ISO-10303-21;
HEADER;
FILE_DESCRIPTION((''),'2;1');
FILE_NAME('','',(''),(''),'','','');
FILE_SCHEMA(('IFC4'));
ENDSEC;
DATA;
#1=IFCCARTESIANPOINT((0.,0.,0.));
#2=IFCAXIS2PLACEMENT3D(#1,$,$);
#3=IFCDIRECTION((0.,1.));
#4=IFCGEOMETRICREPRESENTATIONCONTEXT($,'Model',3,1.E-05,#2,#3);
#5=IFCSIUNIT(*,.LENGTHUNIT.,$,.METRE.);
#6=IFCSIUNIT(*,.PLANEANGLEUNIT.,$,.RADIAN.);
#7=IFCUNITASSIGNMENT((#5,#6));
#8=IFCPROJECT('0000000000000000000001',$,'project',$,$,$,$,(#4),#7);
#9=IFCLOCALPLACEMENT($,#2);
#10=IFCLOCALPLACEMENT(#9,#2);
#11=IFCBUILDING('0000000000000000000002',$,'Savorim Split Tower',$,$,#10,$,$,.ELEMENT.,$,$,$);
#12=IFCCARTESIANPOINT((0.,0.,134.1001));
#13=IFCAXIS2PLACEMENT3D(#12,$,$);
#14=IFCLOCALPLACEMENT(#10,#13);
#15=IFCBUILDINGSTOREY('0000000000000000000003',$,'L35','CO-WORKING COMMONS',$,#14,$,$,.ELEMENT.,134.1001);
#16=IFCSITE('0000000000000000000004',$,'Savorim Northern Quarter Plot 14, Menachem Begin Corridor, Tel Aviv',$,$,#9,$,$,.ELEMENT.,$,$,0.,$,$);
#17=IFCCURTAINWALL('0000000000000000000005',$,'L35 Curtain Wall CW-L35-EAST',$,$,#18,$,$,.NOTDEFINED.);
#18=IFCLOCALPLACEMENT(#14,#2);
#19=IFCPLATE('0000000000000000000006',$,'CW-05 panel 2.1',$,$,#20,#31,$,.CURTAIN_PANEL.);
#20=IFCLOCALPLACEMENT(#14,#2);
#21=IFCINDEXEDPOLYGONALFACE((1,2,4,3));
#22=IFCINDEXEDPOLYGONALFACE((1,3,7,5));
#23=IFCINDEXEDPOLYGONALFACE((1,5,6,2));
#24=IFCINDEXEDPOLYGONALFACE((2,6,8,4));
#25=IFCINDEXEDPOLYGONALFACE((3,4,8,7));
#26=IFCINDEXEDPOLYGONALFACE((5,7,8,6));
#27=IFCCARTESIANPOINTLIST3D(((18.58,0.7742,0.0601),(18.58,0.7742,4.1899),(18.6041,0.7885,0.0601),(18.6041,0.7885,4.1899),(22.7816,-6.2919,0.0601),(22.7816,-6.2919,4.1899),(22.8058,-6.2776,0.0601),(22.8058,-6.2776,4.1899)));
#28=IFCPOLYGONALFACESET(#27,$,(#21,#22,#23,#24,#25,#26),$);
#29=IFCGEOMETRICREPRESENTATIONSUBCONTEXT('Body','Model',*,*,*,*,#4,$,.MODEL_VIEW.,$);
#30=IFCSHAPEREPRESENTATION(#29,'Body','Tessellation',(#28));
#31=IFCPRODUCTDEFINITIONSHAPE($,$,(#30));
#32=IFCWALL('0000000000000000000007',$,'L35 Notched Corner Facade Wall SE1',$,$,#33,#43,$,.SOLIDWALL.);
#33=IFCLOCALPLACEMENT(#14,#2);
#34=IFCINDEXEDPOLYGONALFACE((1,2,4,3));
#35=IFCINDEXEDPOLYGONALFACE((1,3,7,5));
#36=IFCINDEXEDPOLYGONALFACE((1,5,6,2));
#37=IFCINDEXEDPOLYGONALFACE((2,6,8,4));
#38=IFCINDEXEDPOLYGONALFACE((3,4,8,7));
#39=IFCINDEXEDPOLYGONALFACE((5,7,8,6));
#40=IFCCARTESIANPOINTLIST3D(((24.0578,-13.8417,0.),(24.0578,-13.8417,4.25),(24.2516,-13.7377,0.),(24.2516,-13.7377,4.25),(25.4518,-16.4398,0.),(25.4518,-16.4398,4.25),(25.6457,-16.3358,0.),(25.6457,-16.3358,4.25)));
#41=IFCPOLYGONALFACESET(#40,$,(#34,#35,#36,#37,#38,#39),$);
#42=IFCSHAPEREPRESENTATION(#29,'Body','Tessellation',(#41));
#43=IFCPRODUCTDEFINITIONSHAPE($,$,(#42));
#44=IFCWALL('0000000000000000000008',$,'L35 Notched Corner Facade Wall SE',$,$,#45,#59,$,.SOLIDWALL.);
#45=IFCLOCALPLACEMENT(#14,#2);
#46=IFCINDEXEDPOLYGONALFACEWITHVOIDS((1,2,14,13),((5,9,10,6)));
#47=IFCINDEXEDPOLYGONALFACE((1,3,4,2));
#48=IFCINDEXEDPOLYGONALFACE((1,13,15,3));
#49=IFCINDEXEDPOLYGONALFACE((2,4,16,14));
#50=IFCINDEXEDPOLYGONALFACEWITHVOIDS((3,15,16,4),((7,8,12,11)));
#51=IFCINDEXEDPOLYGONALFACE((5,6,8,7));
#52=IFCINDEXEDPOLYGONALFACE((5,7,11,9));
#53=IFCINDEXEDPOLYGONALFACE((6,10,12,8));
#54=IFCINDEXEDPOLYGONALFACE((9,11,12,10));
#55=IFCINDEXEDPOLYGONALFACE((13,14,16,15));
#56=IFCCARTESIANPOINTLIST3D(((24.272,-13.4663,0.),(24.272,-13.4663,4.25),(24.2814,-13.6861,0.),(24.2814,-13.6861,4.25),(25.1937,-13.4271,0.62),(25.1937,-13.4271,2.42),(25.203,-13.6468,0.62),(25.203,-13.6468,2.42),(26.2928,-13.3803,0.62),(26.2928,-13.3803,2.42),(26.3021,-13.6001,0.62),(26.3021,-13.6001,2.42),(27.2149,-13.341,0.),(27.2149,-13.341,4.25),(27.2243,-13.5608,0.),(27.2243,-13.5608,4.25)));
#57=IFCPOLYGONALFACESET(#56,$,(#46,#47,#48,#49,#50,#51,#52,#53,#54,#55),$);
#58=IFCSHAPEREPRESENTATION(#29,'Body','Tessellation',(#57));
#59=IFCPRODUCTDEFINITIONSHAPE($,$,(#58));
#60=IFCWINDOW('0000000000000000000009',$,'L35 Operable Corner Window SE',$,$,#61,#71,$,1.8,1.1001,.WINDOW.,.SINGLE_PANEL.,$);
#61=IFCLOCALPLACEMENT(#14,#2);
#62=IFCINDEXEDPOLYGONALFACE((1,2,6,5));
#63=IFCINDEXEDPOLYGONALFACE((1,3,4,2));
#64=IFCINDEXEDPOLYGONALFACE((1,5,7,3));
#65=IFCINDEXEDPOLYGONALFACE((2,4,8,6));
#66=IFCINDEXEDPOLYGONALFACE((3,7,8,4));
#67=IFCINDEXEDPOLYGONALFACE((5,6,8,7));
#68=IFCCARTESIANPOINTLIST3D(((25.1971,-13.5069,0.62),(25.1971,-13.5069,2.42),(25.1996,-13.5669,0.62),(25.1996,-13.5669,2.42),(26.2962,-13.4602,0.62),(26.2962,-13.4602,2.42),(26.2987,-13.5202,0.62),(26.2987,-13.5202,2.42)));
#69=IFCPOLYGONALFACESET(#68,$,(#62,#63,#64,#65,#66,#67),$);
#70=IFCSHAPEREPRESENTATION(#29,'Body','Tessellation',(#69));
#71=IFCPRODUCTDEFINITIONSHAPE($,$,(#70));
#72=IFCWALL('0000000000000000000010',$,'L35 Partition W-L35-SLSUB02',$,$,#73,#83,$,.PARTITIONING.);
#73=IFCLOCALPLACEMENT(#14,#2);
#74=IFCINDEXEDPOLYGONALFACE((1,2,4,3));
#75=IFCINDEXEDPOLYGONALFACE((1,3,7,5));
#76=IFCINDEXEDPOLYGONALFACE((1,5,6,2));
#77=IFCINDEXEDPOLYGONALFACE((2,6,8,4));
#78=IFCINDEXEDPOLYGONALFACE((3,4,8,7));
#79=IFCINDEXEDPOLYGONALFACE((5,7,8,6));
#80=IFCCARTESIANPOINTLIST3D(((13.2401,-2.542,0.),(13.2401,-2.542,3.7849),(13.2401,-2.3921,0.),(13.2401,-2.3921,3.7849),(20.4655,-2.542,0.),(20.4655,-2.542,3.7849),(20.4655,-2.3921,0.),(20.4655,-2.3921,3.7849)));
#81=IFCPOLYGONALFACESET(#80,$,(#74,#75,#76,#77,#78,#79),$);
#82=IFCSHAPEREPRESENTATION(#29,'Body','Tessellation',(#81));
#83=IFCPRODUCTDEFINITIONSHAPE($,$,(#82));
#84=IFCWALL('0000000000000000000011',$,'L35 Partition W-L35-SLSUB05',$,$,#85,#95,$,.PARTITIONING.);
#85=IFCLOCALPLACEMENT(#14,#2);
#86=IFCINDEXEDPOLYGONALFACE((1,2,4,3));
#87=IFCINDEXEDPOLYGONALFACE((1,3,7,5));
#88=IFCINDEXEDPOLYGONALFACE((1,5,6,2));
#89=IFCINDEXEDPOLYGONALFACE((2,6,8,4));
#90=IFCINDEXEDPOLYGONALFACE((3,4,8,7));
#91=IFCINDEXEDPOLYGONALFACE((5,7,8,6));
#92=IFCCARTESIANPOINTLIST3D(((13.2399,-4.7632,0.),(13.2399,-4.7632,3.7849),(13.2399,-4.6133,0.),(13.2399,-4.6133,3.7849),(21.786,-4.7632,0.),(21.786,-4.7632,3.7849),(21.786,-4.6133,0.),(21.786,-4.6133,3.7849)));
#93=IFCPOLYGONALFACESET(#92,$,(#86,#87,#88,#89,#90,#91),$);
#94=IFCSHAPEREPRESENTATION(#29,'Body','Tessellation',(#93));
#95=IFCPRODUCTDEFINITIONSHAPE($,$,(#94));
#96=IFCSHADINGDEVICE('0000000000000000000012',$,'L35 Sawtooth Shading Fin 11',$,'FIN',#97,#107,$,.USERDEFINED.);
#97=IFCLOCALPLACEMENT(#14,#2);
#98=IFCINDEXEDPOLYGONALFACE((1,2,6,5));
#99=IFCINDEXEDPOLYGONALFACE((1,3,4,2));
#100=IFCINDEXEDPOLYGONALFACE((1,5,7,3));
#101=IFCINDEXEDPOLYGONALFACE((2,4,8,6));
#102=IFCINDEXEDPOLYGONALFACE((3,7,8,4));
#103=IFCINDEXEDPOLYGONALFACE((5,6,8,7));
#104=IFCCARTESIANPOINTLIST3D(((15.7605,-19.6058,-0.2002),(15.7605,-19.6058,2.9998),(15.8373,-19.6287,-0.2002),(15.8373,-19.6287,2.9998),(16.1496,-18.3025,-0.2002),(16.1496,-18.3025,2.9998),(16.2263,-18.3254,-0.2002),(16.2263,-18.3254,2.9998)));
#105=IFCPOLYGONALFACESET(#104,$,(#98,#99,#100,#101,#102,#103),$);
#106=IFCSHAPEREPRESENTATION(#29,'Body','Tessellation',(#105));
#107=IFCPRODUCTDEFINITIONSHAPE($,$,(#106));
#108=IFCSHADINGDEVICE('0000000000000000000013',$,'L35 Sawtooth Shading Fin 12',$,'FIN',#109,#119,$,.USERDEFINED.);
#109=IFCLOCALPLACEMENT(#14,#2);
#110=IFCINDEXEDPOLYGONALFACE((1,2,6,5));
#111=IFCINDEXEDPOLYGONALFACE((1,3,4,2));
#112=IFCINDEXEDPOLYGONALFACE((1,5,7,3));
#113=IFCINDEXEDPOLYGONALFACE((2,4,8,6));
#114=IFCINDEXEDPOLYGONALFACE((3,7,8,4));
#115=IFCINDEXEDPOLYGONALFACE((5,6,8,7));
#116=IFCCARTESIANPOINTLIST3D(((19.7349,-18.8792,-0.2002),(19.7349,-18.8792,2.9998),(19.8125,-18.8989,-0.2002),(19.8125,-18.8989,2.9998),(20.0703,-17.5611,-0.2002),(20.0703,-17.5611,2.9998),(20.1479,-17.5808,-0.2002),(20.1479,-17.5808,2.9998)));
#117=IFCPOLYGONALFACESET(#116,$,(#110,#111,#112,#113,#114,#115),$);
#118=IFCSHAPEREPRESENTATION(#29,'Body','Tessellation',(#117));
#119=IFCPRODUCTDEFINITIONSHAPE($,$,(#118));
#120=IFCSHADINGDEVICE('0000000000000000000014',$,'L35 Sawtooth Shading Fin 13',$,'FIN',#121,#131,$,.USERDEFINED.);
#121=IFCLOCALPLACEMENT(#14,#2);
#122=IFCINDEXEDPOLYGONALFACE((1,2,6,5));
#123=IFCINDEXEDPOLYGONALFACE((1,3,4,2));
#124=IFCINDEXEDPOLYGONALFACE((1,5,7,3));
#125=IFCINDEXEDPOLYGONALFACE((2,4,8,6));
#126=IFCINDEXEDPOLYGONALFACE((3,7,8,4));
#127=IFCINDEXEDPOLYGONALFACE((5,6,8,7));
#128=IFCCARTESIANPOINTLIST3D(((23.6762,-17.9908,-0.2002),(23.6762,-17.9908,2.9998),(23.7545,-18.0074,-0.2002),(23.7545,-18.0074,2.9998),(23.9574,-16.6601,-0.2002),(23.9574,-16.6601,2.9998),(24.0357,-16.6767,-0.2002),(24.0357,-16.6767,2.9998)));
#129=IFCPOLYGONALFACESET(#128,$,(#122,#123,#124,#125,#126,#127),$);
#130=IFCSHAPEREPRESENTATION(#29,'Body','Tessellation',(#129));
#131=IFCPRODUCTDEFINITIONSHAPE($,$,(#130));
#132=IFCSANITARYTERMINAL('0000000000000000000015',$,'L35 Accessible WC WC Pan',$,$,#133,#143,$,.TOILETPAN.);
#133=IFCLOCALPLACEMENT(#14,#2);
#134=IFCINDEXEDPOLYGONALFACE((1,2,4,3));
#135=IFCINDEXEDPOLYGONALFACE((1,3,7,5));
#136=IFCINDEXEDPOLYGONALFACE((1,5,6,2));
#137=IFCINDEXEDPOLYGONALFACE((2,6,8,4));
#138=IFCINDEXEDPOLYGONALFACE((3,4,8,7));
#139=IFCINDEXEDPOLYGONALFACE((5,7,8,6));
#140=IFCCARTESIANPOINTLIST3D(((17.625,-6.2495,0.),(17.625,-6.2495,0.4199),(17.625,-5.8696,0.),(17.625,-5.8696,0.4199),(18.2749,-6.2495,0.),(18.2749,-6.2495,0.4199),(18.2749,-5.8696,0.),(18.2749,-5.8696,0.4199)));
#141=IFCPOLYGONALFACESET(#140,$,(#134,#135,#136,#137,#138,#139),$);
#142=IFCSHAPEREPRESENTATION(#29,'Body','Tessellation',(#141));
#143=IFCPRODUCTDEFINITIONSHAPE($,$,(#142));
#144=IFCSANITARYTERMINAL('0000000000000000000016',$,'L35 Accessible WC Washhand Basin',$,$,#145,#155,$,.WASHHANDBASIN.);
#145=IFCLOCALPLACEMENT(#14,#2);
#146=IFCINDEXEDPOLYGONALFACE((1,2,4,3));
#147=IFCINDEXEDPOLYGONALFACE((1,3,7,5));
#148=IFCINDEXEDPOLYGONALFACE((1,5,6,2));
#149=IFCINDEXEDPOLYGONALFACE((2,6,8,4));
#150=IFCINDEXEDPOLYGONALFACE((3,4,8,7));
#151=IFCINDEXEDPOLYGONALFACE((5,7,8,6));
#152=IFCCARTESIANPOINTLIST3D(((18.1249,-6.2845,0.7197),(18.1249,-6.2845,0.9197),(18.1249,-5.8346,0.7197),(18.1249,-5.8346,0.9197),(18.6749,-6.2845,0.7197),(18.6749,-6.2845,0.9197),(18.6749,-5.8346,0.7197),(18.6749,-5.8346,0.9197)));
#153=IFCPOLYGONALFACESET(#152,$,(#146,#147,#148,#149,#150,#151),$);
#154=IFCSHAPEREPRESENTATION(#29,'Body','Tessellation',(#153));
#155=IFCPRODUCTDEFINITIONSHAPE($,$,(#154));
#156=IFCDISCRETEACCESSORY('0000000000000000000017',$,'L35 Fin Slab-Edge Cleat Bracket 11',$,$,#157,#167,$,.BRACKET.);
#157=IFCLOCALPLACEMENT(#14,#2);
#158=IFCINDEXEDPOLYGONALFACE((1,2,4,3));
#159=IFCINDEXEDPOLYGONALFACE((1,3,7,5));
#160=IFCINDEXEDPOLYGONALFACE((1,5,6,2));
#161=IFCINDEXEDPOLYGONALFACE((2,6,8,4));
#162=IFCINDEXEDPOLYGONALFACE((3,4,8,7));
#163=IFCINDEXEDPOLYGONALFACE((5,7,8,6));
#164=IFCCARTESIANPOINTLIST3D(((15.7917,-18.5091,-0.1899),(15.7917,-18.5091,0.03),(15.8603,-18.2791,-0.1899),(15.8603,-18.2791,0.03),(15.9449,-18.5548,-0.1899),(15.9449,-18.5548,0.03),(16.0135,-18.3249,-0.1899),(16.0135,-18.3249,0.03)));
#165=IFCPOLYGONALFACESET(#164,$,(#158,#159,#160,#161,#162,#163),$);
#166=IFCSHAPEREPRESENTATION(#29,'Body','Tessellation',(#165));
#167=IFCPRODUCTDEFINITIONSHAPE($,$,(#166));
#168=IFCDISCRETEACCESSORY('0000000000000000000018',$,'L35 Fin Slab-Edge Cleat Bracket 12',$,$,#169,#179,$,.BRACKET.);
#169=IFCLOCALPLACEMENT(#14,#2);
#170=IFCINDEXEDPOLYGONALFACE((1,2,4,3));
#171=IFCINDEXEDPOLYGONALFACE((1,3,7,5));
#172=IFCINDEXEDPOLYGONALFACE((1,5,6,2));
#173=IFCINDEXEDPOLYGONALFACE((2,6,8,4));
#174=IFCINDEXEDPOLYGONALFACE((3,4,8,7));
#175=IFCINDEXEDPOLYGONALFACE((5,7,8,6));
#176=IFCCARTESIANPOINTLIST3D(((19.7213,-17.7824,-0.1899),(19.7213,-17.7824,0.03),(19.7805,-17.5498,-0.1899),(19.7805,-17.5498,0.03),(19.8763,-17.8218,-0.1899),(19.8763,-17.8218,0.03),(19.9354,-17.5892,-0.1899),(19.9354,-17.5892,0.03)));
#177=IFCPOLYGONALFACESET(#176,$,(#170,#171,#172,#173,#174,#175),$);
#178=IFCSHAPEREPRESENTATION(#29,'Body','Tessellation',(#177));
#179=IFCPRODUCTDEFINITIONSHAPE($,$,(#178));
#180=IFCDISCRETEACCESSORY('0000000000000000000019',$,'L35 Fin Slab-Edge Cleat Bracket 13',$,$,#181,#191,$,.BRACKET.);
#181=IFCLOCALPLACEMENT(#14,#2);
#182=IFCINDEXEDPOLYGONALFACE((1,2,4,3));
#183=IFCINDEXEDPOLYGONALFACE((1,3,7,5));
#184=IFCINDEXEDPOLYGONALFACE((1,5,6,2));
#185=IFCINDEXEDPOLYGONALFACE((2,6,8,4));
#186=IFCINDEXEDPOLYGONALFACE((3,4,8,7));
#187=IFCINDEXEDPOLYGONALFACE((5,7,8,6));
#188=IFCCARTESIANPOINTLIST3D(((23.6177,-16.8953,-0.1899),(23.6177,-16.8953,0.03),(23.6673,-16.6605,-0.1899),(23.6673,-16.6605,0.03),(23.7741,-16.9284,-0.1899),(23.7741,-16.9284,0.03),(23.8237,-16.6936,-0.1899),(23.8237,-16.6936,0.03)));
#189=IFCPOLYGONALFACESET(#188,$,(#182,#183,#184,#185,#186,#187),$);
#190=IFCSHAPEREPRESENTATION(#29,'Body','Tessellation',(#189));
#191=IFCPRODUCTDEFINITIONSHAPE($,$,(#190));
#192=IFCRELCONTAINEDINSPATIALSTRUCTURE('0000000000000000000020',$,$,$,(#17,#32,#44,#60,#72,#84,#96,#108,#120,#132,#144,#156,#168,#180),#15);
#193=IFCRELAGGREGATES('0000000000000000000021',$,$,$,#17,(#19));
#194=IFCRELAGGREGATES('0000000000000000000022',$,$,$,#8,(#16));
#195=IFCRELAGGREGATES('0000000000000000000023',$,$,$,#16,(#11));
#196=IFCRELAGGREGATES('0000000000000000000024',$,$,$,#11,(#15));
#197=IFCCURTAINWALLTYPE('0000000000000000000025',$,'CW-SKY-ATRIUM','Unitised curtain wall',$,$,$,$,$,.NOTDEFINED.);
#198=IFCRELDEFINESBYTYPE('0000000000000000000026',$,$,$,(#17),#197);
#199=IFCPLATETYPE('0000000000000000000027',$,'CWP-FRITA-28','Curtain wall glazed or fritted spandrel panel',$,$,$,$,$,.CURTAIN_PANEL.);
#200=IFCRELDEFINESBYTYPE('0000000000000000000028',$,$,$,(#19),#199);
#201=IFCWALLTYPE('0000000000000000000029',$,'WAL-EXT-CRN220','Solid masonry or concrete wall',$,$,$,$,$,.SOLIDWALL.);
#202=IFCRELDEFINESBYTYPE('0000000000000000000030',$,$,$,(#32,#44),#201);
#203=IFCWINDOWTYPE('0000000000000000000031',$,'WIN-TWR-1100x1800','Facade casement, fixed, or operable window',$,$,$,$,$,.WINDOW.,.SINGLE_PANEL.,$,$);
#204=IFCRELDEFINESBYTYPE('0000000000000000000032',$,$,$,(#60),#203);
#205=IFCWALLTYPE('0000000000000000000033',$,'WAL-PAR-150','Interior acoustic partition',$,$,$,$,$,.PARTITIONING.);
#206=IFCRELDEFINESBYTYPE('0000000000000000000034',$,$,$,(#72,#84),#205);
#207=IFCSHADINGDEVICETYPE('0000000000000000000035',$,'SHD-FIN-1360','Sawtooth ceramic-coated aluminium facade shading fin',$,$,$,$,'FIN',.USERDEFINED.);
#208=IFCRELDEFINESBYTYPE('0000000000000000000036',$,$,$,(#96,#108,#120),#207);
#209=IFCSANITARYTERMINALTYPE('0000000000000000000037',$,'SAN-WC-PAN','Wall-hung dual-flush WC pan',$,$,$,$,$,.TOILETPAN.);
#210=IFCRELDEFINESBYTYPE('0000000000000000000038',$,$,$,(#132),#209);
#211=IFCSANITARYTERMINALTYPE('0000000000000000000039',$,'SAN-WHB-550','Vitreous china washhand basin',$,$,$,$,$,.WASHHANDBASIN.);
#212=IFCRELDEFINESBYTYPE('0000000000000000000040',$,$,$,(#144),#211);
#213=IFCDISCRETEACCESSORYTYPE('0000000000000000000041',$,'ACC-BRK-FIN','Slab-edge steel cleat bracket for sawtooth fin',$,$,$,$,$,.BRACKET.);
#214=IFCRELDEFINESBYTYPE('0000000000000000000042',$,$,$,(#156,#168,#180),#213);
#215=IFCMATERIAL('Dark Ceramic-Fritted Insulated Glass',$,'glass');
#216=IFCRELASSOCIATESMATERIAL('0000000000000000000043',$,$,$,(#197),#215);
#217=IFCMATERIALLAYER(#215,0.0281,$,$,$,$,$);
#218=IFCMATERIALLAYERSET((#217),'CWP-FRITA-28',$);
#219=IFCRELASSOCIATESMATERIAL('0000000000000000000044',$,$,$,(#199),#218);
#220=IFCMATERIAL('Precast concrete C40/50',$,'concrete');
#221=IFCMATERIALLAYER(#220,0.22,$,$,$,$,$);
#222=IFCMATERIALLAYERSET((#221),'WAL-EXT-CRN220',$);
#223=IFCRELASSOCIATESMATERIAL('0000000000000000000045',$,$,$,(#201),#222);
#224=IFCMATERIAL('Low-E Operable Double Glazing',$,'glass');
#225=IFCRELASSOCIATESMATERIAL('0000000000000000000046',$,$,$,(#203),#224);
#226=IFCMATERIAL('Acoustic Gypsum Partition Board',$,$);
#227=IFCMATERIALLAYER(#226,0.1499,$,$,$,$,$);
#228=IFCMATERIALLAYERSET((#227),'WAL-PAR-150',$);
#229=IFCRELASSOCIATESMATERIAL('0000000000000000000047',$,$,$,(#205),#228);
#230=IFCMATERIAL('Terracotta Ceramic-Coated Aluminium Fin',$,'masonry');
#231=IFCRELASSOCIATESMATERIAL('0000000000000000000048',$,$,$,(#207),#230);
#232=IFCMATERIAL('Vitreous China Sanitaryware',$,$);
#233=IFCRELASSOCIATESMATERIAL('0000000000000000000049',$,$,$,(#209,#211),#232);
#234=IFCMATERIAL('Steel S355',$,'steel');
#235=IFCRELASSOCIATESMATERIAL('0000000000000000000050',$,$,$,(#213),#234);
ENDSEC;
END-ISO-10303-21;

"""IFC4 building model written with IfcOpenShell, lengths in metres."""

from ifc_helpers import new_model, si_unit, direction, frame, frame_2d, origin, origin_2d, place, context, subcontext, project, spatial, rectangle, extrude, material, layer, layer_set, type_object, element, fill, aggregate, save


model = new_model("IFC4")

# Units and contexts
model_context = context("Model", 3, precision=1e-05, world=origin(), true_north=direction((0.0, 1.0)))
body_context = subcontext(model_context, "Body", "Model", "MODEL_VIEW")
ifc_project = project(units=[si_unit("LENGTHUNIT", "METRE"), si_unit("PLANEANGLEUNIT", "RADIAN")], contexts=[model_context])

# Site, building, storey
site_placement = place(None, origin())
site = spatial("IfcSite", under=ifc_project, at=site_placement, Name="Savorim Northern Quarter Plot 14, Menachem Begin Corridor, Tel Aviv", CompositionType="ELEMENT", RefElevation=0.0)
building_placement = place(site_placement, origin())
building = spatial("IfcBuilding", under=site, at=building_placement, Name="Savorim Split Tower", CompositionType="ELEMENT")
storey_placement = place(building_placement, frame((0.0, 0.0, 134.1001)))
storey = spatial("IfcBuildingStorey", under=building, at=storey_placement, Name="L35", Description="CO-WORKING COMMONS", CompositionType="ELEMENT", Elevation=134.1001)

# Shared definitions
ifc_material_1 = material(Name="Steel S355", Category="steel")

# Shared definitions
ifc_material_2 = material(Name="Dark Ceramic-Fritted Insulated Glass", Category="glass")
curtain_wall_type = type_object("IfcCurtainWallType", Name="CW-SKY-ATRIUM", Description="Unitised curtain wall", PredefinedType="NOTDEFINED", material=ifc_material_2)

# Curtain wall
curtain_wall_1_placement = place(storey_placement, origin())
curtain_wall_1 = element("IfcCurtainWall", 1, at=curtain_wall_1_placement, inside=storey, type_object=curtain_wall_type, Name="L35 Curtain Wall CW-L35-EAST", PredefinedType="NOTDEFINED")

# Plate
ifc_layer_1 = layer(ifc_material_2, 0.0281)
ifc_layer_set_1 = layer_set([ifc_layer_1], Name="CWP-FRITA-28")
plate_type = type_object("IfcPlateType", Name="CWP-FRITA-28", Description="Curtain wall glazed or fritted spandrel panel", PredefinedType="CURTAIN_PANEL", material=ifc_layer_set_1)
plate_1_placement = place(storey_placement, frame((20.6929, -2.7517, 0.0601), z_axis=(0.0, 0.0, 1.0), x_axis=(-0.511091, 0.859527, 0.0)))
plate_1 = element("IfcPlate", 2, at=plate_1_placement, type_object=plate_type, Name="CW-05 panel 2.1", PredefinedType="CURTAIN_PANEL", context=body_context, shape_type="SweptSolid", body=[
    extrude(rectangle(XDim=8.2209, YDim=0.0281, at=origin_2d()), origin(), (0.0, 0.0, 1.0), 4.1299),
])
aggregate(curtain_wall_1, [plate_1])

# Wall
ifc_material_3 = material(Name="Precast concrete C40/50", Category="concrete")
ifc_layer_2 = layer(ifc_material_3, 0.22)
ifc_layer_set_2 = layer_set([ifc_layer_2], Name="WAL-EXT-CRN220")
wall_type_1 = type_object("IfcWallType", Name="WAL-EXT-CRN220", Description="Solid masonry or concrete wall", PredefinedType="SOLIDWALL", material=ifc_layer_set_2)
wall_1_placement = place(storey_placement, frame((24.1548, -13.7898, 0.0), z_axis=(0.0, 0.0, 1.0), x_axis=(0.472796, -0.881172, 0.0)))
element("IfcWall", 3, at=wall_1_placement, inside=storey, type_object=wall_type_1, Name="L35 Notched Corner Facade Wall SE1", PredefinedType="SOLIDWALL", context=body_context, shape_type="SweptSolid", body=[
    extrude(rectangle(XDim=2.9485, YDim=0.22, at=frame_2d((1.4741, 0.0))), origin(), (0.0, 0.0, 1.0), 4.25),
])

# Wall, opening, window
wall_2_placement = place(storey_placement, frame((27.2195, -13.4509, 0.0), z_axis=(0.0, 0.0, 1.0), x_axis=(-0.999096, -0.04252, 0.0)))
wall_2 = element("IfcWall", 4, at=wall_2_placement, inside=storey, type_object=wall_type_1, Name="L35 Notched Corner Facade Wall SE", PredefinedType="SOLIDWALL", context=body_context, shape_type="SweptSolid", body=[
    extrude(rectangle(XDim=2.9456, YDim=0.22, at=frame_2d((1.4727, 0.0))), origin(), (0.0, 0.0, 1.0), 4.25),
])
opening_placement = place(wall_2_placement, frame((0.9229, 0.0, 0.6201)))
opening = element("IfcOpeningElement", 5, at=opening_placement, cuts=wall_2, PredefinedType="OPENING", context=body_context, shape_type="SweptSolid", body=[
    extrude(rectangle(XDim=1.1001, YDim=1.8, at=frame_2d((0.55, 0.8999))), frame((0.0, 0.1199, 0.0), z_axis=(0.0, -1.0, 0.0), x_axis=(1.0, 0.0, 0.0)), (0.0, 0.0, 1.0), 0.24),
])
ifc_material_4 = material(Name="Low-E Operable Double Glazing", Category="glass")
window_type = type_object("IfcWindowType", Name="WIN-TWR-1100x1800", Description="Facade casement, fixed, or operable window", PartitioningType="SINGLE_PANEL", PredefinedType="WINDOW", material=ifc_material_4)
window_placement = place(opening_placement, origin())
window = element("IfcWindow", 6, at=window_placement, inside=storey, type_object=window_type, Name="L35 Operable Corner Window SE", OverallHeight=1.8, OverallWidth=1.1001, PartitioningType="SINGLE_PANEL", PredefinedType="WINDOW", context=body_context, shape_type="SweptSolid", body=[
    extrude(rectangle(XDim=1.1001, YDim=1.8, at=frame_2d((0.55, 0.8999))), frame((0.0, 0.03, 0.0), z_axis=(0.0, -1.0, 0.0), x_axis=(1.0, 0.0, 0.0)), (0.0, 0.0, 1.0), 0.0601),
])
fill(opening, window)

# Walls
ifc_material_5 = material(Name="Acoustic Gypsum Partition Board")
ifc_layer_3 = layer(ifc_material_5, 0.1499)
ifc_layer_set_3 = layer_set([ifc_layer_3], Name="WAL-PAR-150")
wall_type_2 = type_object("IfcWallType", Name="WAL-PAR-150", Description="Interior acoustic partition", PredefinedType="PARTITIONING", material=ifc_layer_set_3)
wall_3_placement = place(storey_placement, frame((13.24, -2.467, 0.0), z_axis=(0.0, 0.0, 1.0), x_axis=(1.0, 0.0, 0.0)))
element("IfcWall", 7, at=wall_3_placement, inside=storey, type_object=wall_type_2, Name="L35 Partition W-L35-SLSUB02", PredefinedType="PARTITIONING", context=body_context, shape_type="SweptSolid", body=[
    extrude(rectangle(XDim=7.2253, YDim=0.1499, at=frame_2d((3.6128, 0.0))), origin(), (0.0, 0.0, 1.0), 3.7849),
])
wall_4_placement = place(storey_placement, frame((13.24, -4.6882, 0.0), z_axis=(0.0, 0.0, 1.0), x_axis=(1.0, 0.0, 0.0)))
element("IfcWall", 8, at=wall_4_placement, inside=storey, type_object=wall_type_2, Name="L35 Partition W-L35-SLSUB05", PredefinedType="PARTITIONING", context=body_context, shape_type="SweptSolid", body=[
    extrude(rectangle(XDim=8.5461, YDim=0.1499, at=frame_2d((4.2729, 0.0))), origin(), (0.0, 0.0, 1.0), 3.7849),
])

# Shading devices
ifc_material_6 = material(Name="Terracotta Ceramic-Coated Aluminium Fin", Category="masonry")
shading_device_type = type_object("IfcShadingDeviceType", Name="SHD-FIN-1360", Description="Sawtooth ceramic-coated aluminium facade shading fin", ElementType="FIN", PredefinedType="USERDEFINED", material=ifc_material_6)
for number, where, z_axis, x_axis, name in (
    (9, (15.9934, -18.9656, -0.2002), (0.0, 0.0, 1.0), (-0.286026, -0.958222, 0.0), "L35 Sawtooth Shading Fin 11"),
    (10, (19.9414, -18.23, -0.2002), (0.0, 0.0, 1.0), (-0.246581, -0.969122, 0.0), "L35 Sawtooth Shading Fin 12"),
    (11, (23.856, -17.3337, -0.2002), (0.0, 0.0, 1.0), (-0.206722, -0.9784, 0.0), "L35 Sawtooth Shading Fin 13"),
):
    element("IfcShadingDevice", number, at=place(storey_placement, frame(where, z_axis=z_axis, x_axis=x_axis)), inside=storey, type_object=shading_device_type, Name=name, ObjectType="FIN", PredefinedType="USERDEFINED", context=body_context, shape_type="SweptSolid", body=[
        extrude(rectangle(XDim=1.3601, YDim=0.0801, at=origin_2d()), origin(), (0.0, 0.0, 1.0), 3.2),
    ])

# Sanitary terminals
ifc_material_7 = material(Name="Vitreous China Sanitaryware")
sanitary_terminal_type_1 = type_object("IfcSanitaryTerminalType", Name="SAN-WC-PAN", Description="Wall-hung dual-flush WC pan", PredefinedType="TOILETPAN", material=ifc_material_7)
sanitary_terminal_1_placement = place(storey_placement, frame((17.95, -6.0596, 0.0), z_axis=(0.0, 0.0, 1.0), x_axis=(1.0, 0.0, 0.0)))
element("IfcSanitaryTerminal", 12, at=sanitary_terminal_1_placement, inside=storey, type_object=sanitary_terminal_type_1, Name="L35 Accessible WC WC Pan", PredefinedType="TOILETPAN", context=body_context, shape_type="SweptSolid", body=[
    extrude(rectangle(XDim=0.6499, YDim=0.3799, at=origin_2d()), origin(), (0.0, 0.0, 1.0), 0.4199),
])
sanitary_terminal_type_2 = type_object("IfcSanitaryTerminalType", Name="SAN-WHB-550", Description="Vitreous china washhand basin", PredefinedType="WASHHANDBASIN", material=ifc_material_7)
sanitary_terminal_2_placement = place(storey_placement, frame((18.3999, -6.0596, 0.7197), z_axis=(0.0, 0.0, 1.0), x_axis=(1.0, 0.0, 0.0)))
element("IfcSanitaryTerminal", 13, at=sanitary_terminal_2_placement, inside=storey, type_object=sanitary_terminal_type_2, Name="L35 Accessible WC Washhand Basin", PredefinedType="WASHHANDBASIN", context=body_context, shape_type="SweptSolid", body=[
    extrude(rectangle(XDim=0.55, YDim=0.45, at=origin_2d()), origin(), (0.0, 0.0, 1.0), 0.2),
])

# Discrete accessories
discrete_accessory_type = type_object("IfcDiscreteAccessoryType", Name="ACC-BRK-FIN", Description="Slab-edge steel cleat bracket for sawtooth fin", PredefinedType="BRACKET", material=ifc_material_1)
for number, where, z_axis, x_axis, name in (
    (14, (15.9026, -18.417, -0.1899), (0.0, 0.0, 1.0), (-0.286026, -0.958222, 0.0), "L35 Fin Slab-Edge Cleat Bracket 11"),
    (15, (19.8284, -17.6858, -0.1899), (0.0, 0.0, 1.0), (-0.246581, -0.969122, 0.0), "L35 Fin Slab-Edge Cleat Bracket 12"),
    (16, (23.7207, -16.7944, -0.1899), (0.0, 0.0, 1.0), (-0.206722, -0.9784, 0.0), "L35 Fin Slab-Edge Cleat Bracket 13"),
):
    element("IfcDiscreteAccessory", number, at=place(storey_placement, frame(where, z_axis=z_axis, x_axis=x_axis)), inside=storey, type_object=discrete_accessory_type, Name=name, PredefinedType="BRACKET", context=body_context, shape_type="SweptSolid", body=[
        extrude(rectangle(XDim=0.24, YDim=0.1599, at=origin_2d()), origin(), (0.0, 0.0, 1.0), 0.22),
    ])

save(model, "model.ifc")
